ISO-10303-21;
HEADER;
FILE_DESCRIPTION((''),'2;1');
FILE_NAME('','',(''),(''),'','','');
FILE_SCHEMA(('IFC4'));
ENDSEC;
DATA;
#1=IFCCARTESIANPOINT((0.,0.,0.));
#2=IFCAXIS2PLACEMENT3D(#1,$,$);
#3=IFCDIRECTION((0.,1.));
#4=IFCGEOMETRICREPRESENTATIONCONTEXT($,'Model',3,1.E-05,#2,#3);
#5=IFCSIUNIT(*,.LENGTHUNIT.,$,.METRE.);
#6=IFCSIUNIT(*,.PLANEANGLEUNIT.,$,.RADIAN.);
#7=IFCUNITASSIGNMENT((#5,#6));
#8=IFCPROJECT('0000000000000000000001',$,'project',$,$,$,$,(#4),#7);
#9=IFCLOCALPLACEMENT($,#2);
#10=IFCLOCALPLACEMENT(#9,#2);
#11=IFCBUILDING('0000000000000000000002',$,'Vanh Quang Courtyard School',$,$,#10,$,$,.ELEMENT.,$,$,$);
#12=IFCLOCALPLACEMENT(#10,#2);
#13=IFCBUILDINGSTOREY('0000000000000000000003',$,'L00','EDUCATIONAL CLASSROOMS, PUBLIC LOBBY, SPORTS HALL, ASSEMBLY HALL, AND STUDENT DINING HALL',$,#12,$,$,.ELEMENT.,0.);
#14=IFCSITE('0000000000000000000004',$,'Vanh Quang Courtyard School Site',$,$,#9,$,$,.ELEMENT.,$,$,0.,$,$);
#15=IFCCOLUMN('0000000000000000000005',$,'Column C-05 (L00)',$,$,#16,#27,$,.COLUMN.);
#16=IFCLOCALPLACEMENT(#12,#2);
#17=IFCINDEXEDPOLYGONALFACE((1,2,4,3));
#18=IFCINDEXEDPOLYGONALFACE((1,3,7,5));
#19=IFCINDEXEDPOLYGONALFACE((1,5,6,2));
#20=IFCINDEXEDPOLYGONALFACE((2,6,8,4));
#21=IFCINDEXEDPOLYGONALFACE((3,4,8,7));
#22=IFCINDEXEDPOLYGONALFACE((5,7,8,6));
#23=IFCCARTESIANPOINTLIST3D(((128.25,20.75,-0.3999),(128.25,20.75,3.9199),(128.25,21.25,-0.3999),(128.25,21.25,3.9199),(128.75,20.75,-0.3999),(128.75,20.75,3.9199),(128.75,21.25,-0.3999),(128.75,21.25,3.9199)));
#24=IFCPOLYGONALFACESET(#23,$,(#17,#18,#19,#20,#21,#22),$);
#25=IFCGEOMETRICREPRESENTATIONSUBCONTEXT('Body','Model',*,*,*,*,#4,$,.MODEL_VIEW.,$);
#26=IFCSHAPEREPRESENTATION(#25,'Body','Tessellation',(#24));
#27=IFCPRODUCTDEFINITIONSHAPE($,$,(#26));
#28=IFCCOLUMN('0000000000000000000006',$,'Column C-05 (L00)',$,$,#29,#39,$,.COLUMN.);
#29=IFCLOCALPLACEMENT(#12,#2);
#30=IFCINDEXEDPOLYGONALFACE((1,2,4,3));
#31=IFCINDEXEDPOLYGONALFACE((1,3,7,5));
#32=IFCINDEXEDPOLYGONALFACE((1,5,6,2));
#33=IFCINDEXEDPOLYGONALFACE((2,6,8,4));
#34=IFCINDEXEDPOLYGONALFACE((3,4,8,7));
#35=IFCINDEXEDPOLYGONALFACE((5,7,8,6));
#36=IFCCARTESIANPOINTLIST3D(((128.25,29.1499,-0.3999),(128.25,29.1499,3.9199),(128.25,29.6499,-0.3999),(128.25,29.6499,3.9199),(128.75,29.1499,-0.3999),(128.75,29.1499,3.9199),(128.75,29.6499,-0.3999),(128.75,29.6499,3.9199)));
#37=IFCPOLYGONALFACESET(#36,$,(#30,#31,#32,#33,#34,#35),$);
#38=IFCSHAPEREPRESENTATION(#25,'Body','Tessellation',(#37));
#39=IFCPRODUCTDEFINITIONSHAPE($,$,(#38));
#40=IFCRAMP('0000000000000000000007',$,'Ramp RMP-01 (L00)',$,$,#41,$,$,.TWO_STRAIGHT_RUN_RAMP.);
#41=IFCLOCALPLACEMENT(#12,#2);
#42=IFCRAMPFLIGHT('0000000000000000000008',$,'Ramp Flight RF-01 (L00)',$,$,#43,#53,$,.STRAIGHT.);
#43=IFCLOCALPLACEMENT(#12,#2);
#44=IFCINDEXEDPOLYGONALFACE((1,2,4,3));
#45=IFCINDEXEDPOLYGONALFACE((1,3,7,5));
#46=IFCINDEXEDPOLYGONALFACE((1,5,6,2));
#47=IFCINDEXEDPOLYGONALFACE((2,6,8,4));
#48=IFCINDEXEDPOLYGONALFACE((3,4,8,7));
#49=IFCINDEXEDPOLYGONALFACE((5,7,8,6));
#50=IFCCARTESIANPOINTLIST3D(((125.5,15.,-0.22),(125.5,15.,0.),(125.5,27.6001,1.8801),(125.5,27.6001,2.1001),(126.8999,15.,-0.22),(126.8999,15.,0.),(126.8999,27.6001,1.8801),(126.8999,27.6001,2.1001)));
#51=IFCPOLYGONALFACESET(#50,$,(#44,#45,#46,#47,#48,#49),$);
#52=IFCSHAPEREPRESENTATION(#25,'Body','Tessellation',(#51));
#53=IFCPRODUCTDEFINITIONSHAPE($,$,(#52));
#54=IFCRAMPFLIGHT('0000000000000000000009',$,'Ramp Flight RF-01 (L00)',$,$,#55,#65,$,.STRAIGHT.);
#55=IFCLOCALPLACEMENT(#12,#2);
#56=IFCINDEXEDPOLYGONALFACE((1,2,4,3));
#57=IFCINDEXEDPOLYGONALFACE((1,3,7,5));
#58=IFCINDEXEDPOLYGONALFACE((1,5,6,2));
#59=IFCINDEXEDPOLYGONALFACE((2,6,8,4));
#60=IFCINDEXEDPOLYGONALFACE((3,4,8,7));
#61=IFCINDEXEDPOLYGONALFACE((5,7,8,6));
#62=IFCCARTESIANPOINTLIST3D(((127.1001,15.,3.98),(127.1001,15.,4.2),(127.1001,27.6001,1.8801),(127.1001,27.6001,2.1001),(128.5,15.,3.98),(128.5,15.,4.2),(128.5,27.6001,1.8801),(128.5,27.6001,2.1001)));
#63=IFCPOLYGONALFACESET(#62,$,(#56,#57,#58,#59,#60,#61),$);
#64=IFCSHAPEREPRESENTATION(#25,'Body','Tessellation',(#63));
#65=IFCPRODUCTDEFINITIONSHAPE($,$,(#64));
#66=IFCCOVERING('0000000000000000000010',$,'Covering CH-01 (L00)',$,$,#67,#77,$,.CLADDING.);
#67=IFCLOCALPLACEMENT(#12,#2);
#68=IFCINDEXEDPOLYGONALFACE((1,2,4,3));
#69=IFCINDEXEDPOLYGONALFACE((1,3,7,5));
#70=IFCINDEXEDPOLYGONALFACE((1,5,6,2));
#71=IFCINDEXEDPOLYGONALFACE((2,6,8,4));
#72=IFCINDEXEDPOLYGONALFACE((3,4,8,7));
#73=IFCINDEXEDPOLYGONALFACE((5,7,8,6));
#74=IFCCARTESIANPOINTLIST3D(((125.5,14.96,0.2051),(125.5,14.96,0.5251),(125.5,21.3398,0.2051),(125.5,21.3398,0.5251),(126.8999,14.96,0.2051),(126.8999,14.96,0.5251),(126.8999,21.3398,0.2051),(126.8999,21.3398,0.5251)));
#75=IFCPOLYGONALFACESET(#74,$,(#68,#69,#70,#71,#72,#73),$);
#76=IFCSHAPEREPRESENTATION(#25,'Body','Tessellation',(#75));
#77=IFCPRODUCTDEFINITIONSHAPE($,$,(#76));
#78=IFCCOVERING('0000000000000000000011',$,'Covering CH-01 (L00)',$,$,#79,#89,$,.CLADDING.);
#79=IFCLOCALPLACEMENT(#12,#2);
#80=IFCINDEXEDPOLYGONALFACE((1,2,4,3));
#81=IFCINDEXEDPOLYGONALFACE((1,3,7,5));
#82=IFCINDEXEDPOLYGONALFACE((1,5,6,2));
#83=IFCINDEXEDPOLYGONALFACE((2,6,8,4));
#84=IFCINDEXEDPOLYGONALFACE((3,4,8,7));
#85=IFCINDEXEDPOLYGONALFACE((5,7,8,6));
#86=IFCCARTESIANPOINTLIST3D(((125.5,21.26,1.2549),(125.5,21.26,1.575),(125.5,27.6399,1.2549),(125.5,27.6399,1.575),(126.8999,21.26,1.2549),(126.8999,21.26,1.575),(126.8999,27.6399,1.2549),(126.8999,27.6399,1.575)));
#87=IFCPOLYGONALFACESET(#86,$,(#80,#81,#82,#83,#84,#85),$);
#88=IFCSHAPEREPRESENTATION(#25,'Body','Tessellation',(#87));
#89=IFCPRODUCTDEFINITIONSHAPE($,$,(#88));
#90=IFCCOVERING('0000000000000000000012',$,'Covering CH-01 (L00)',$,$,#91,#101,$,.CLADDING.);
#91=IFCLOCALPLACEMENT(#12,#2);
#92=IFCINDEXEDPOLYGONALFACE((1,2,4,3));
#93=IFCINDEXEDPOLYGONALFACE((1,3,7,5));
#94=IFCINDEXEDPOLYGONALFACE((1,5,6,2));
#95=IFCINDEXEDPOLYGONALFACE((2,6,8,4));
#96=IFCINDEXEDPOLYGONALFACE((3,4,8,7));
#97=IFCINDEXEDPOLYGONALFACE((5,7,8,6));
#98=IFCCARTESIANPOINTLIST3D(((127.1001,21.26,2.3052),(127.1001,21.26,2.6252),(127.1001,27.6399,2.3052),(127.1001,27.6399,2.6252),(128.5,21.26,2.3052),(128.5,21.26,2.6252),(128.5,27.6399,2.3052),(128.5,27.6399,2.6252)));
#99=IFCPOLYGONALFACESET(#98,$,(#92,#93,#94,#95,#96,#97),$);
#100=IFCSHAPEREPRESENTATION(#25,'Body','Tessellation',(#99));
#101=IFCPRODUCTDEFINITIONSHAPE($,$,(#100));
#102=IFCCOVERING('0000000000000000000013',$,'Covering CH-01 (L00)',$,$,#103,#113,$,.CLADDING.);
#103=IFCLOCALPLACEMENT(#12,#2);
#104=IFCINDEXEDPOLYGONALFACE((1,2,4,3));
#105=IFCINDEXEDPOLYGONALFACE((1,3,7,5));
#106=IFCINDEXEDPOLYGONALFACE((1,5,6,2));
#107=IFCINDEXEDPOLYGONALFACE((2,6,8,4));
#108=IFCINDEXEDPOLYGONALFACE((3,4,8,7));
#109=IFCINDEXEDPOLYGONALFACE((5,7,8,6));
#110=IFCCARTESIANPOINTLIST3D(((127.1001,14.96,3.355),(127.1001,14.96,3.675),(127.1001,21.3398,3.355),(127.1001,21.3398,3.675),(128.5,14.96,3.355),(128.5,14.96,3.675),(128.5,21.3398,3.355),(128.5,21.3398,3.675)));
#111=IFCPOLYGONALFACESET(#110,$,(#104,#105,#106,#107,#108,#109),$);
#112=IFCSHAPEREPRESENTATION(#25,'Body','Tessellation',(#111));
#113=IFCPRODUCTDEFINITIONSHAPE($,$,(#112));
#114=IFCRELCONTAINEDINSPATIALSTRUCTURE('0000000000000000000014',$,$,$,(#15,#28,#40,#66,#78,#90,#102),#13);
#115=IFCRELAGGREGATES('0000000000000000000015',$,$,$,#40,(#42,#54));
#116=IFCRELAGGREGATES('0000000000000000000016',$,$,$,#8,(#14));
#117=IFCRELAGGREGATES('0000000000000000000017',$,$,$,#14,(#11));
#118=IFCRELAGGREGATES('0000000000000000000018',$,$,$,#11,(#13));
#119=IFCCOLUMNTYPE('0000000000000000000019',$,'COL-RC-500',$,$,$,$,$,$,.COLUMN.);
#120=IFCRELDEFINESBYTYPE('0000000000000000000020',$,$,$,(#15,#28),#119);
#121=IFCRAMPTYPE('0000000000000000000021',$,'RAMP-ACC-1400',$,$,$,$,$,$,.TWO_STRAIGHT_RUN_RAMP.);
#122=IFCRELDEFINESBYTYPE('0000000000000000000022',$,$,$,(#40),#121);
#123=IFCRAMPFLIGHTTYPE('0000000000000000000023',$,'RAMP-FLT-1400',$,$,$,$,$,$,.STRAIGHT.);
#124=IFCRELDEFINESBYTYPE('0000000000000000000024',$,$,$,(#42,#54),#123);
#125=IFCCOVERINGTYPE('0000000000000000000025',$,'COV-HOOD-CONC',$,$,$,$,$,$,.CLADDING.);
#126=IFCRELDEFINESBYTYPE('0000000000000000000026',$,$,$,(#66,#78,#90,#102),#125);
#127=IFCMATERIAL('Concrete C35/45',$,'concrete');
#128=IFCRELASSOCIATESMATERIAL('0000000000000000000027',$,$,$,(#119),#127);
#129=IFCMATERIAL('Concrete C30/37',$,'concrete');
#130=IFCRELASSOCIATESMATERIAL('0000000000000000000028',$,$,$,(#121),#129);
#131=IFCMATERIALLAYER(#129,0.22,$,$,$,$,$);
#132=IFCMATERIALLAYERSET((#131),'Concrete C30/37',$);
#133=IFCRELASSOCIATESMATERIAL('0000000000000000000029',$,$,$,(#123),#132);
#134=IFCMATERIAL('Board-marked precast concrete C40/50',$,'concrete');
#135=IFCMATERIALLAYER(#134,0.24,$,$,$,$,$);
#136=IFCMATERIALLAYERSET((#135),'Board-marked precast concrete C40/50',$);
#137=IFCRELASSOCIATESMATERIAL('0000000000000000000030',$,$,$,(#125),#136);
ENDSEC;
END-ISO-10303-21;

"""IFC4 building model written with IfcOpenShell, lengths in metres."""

from ifc_helpers import new_model, si_unit, direction, frame, origin, origin_2d, place, context, subcontext, project, spatial, polyline, rectangle, outline, extrude, material, layer, layer_set, material_profile, profile_set, type_object, element, aggregate, save


model = new_model("IFC4")

# Units and contexts
model_context = context("Model", 3, precision=1e-05, world=origin(), true_north=direction((0.0, 1.0)))
body_context = subcontext(model_context, "Body", "Model", "MODEL_VIEW")
ifc_project = project(units=[si_unit("LENGTHUNIT", "METRE"), si_unit("PLANEANGLEUNIT", "RADIAN")], contexts=[model_context])

# Site, building, storey
site_placement = place(None, origin())
site = spatial("IfcSite", under=ifc_project, at=site_placement, Name="Vanh Quang Courtyard School Site", CompositionType="ELEMENT", RefElevation=0.0)
building_placement = place(site_placement, origin())
building = spatial("IfcBuilding", under=site, at=building_placement, Name="Vanh Quang Courtyard School", CompositionType="ELEMENT")
storey_placement = place(building_placement, origin())
storey = spatial("IfcBuildingStorey", under=building, at=storey_placement, Name="L00", Description="EDUCATIONAL CLASSROOMS, PUBLIC LOBBY, SPORTS HALL, ASSEMBLY HALL, AND STUDENT DINING HALL", CompositionType="ELEMENT", Elevation=0.0)

# Shared definitions
ifc_material_1 = material(Name="Concrete C35/45", Category="concrete")

# Shared definitions
ifc_material_2 = material(Name="Concrete C30/37", Category="concrete")

# Columns
ifc_material_profile_1 = material_profile(ifc_material_1, rectangle(XDim=0.5, YDim=0.5, at=origin_2d()), Name="RC-COL 500x500")
ifc_profile_set_1 = profile_set([ifc_material_profile_1], Name="Concrete C35/45")
column_type_1 = type_object("IfcColumnType", Name="COL-RC-500", PredefinedType="COLUMN", material=ifc_profile_set_1)
for number, where, z_axis, x_axis, name in (
    (1, (128.5, 21.0, -0.3999), (0.0, 0.0, 1.0), (1.0, 0.0, 0.0), "Column C-05 (L00)"),
    (2, (128.5, 29.3999, -0.3999), (0.0, 0.0, 1.0), (1.0, 0.0, 0.0), "Column C-05 (L00)"),
):
    element("IfcColumn", number, at=place(storey_placement, frame(where, z_axis=z_axis, x_axis=x_axis)), inside=storey, type_object=column_type_1, Name=name, PredefinedType="COLUMN", context=body_context, shape_type="SweptSolid", body=[
        extrude(rectangle(XDim=0.5, YDim=0.5, at=origin_2d()), origin(), (0.0, 0.0, 1.0), 4.3198),
    ])

# Ramp, ramp flights
ramp_type = type_object("IfcRampType", Name="RAMP-ACC-1400", PredefinedType="TWO_STRAIGHT_RUN_RAMP", material=ifc_material_2)
ramp_placement = place(storey_placement, origin())
ramp = element("IfcRamp", 3, at=ramp_placement, inside=storey, type_object=ramp_type, Name="Ramp RMP-01 (L00)", PredefinedType="TWO_STRAIGHT_RUN_RAMP")
ifc_layer_1 = layer(ifc_material_2, 0.22)
ifc_layer_set_1 = layer_set([ifc_layer_1], Name="Concrete C30/37")
ramp_flight_type = type_object("IfcRampFlightType", Name="RAMP-FLT-1400", PredefinedType="STRAIGHT", material=ifc_layer_set_1)
ramp_flight_1_placement = place(storey_placement, frame((126.2, 15.0, 0.0), z_axis=(0.0, 0.0, 1.0), x_axis=(0.0, 1.0, 0.0)))
ramp_flight_1 = element("IfcRampFlight", 4, at=ramp_flight_1_placement, type_object=ramp_flight_type, Name="Ramp Flight RF-01 (L00)", PredefinedType="STRAIGHT", context=body_context, shape_type="SweptSolid", body=[
    extrude(outline(polyline([(0.0, 0.0), (12.6001, 2.1001), (12.6001, 1.8801), (0.0, -0.22), (0.0, 0.0)])), frame((0.0, 0.7, 0.0), z_axis=(0.0, -1.0, 0.0), x_axis=(1.0, 0.0, 0.0)), (0.0, 0.0, 1.0), 1.3999),
])
ramp_flight_2_placement = place(storey_placement, frame((127.8, 27.6001, 2.1001), z_axis=(0.0, 0.0, 1.0), x_axis=(0.0, -1.0, 0.0)))
ramp_flight_2 = element("IfcRampFlight", 5, at=ramp_flight_2_placement, type_object=ramp_flight_type, Name="Ramp Flight RF-01 (L00)", PredefinedType="STRAIGHT", context=body_context, shape_type="SweptSolid", body=[
    extrude(outline(polyline([(0.0, 0.0), (12.6001, 2.0999), (12.6001, 1.8799), (0.0, -0.22), (0.0, 0.0)])), frame((0.0, 0.7, 0.0), z_axis=(0.0, -1.0, 0.0), x_axis=(1.0, 0.0, 0.0)), (0.0, 0.0, 1.0), 1.3999),
])
aggregate(ramp, [ramp_flight_1, ramp_flight_2])

# Coverings
ifc_material_3 = material(Name="Board-marked precast concrete C40/50", Category="concrete")
ifc_layer_2 = layer(ifc_material_3, 0.24)
ifc_layer_set_2 = layer_set([ifc_layer_2], Name="Board-marked precast concrete C40/50")
covering_type = type_object("IfcCoveringType", Name="COV-HOOD-CONC", PredefinedType="CLADDING", material=ifc_layer_set_2)
for number, where, z_axis, x_axis, name in (
    (6, (126.2, 18.1499, 0.2051), (0.0, 0.0, 1.0), (1.0, 0.0, 0.0), "Covering CH-01 (L00)"),
    (7, (126.2, 24.45, 1.2549), (0.0, 0.0, 1.0), (1.0, 0.0, 0.0), "Covering CH-01 (L00)"),
    (8, (127.8, 24.45, 2.3052), (0.0, 0.0, 1.0), (1.0, 0.0, 0.0), "Covering CH-01 (L00)"),
    (9, (127.8, 18.1499, 3.355), (0.0, 0.0, 1.0), (1.0, 0.0, 0.0), "Covering CH-01 (L00)"),
):
    element("IfcCovering", number, at=place(storey_placement, frame(where, z_axis=z_axis, x_axis=x_axis)), inside=storey, type_object=covering_type, Name=name, PredefinedType="CLADDING", context=body_context, shape_type="SweptSolid", body=[
        extrude(rectangle(XDim=1.3999, YDim=6.3799, at=origin_2d()), origin(), (0.0, 0.0, 1.0), 0.3201),
    ])

save(model, "model.ifc")
